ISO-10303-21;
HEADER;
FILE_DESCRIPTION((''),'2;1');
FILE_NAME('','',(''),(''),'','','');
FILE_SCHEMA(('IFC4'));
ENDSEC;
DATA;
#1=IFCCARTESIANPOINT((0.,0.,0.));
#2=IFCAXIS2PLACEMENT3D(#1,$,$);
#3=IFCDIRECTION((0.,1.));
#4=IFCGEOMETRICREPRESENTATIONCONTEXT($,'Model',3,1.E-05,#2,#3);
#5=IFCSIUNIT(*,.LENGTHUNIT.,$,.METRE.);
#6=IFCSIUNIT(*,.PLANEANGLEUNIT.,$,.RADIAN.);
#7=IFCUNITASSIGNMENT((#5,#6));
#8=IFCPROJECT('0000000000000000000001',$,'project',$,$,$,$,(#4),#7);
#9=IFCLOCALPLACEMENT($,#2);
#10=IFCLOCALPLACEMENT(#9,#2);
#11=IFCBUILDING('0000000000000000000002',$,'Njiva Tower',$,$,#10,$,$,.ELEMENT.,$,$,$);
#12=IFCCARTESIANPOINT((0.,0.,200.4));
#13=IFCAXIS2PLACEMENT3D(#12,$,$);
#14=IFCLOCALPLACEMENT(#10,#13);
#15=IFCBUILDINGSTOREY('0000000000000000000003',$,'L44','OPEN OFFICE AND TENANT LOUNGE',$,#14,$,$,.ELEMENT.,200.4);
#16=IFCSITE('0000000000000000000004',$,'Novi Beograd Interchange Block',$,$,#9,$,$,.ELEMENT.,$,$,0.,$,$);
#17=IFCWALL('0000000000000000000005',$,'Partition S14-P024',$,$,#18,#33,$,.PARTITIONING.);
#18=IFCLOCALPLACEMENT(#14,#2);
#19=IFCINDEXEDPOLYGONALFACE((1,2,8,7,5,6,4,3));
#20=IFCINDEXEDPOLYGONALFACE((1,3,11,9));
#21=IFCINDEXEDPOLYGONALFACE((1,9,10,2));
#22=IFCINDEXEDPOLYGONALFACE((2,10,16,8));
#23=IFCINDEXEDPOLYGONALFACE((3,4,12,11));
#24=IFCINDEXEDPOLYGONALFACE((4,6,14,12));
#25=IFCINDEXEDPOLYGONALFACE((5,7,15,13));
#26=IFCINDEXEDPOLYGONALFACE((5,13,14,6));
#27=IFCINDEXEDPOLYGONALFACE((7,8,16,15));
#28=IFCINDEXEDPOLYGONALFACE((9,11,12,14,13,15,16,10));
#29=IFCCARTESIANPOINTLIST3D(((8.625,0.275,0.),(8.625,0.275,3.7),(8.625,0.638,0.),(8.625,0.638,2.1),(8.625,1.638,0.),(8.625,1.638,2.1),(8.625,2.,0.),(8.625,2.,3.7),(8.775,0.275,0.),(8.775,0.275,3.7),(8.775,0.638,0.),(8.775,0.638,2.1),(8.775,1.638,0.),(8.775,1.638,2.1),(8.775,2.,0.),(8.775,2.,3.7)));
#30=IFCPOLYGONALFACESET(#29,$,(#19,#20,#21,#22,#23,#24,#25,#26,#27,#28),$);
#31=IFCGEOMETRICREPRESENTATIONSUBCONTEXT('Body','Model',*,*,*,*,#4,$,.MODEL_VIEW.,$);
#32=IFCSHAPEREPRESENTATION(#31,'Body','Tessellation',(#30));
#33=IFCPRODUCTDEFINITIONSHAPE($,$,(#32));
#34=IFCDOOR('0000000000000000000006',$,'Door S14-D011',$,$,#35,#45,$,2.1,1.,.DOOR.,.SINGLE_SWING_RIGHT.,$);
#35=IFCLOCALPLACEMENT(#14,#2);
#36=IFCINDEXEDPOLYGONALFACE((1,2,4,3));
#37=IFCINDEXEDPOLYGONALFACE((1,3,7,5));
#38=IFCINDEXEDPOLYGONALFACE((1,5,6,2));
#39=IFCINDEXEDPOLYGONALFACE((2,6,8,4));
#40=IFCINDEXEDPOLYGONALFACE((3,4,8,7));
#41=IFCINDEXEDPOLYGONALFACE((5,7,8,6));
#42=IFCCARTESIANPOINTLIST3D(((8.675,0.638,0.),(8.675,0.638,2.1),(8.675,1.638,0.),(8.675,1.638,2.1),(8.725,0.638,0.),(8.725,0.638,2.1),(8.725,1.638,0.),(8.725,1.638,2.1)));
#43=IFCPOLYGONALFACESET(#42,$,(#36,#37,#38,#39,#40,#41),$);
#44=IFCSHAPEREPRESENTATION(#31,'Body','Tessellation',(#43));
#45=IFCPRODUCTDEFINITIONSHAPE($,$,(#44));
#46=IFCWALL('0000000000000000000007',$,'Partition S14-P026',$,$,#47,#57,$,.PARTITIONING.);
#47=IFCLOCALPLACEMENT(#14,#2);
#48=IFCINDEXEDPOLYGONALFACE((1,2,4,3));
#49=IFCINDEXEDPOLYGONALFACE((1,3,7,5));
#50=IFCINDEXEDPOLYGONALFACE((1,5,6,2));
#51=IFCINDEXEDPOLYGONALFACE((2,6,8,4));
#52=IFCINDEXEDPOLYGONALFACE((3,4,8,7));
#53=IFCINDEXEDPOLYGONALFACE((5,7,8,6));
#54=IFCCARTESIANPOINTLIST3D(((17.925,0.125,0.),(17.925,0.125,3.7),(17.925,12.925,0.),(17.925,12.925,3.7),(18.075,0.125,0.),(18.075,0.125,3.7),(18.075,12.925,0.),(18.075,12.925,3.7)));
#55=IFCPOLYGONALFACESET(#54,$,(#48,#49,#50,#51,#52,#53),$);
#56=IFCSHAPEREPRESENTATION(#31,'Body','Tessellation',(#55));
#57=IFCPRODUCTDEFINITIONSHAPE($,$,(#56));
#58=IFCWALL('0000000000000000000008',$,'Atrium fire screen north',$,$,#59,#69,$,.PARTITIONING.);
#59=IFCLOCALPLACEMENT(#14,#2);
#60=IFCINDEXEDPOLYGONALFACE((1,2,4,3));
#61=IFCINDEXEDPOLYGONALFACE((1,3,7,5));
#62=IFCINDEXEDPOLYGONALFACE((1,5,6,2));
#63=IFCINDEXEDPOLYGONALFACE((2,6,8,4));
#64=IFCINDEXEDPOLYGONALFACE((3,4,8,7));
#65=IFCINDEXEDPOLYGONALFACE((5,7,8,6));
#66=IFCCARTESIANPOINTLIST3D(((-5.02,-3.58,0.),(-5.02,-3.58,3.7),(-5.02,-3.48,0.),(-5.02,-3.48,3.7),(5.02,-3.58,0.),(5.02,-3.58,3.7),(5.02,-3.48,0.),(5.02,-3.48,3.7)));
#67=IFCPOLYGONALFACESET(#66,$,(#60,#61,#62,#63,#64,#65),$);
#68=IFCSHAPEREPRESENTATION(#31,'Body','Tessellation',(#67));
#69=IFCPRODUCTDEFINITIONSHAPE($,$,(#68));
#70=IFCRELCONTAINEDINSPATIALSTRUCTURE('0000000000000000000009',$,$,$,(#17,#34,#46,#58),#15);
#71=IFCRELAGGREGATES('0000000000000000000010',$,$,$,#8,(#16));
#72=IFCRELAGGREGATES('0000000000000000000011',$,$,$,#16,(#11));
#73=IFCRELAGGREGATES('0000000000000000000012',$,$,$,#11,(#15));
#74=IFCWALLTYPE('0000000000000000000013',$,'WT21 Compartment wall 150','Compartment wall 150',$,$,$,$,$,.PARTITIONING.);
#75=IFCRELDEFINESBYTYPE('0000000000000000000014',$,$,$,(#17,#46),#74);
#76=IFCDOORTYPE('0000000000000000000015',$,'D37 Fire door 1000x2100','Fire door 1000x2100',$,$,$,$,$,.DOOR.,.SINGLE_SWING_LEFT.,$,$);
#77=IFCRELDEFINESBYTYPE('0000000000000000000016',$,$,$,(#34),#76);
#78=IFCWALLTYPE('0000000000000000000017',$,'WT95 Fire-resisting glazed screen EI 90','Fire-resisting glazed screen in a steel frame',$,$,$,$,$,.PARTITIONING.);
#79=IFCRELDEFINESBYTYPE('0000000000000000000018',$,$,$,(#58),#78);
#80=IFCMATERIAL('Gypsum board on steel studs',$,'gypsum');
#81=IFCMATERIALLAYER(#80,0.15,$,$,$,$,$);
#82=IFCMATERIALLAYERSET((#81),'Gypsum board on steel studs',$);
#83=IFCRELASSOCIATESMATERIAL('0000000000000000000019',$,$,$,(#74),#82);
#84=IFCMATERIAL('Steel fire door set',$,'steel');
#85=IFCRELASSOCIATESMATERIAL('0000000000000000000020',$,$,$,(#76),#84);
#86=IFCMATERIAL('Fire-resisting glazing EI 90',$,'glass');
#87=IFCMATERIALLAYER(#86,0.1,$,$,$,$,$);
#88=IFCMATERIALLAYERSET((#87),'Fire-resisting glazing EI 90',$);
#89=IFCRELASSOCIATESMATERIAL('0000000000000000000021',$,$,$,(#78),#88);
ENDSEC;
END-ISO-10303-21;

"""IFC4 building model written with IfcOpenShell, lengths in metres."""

from ifc_helpers import new_model, si_unit, direction, frame, frame_2d, origin, place, context, subcontext, project, spatial, rectangle, extrude, material, layer, layer_set, type_object, element, fill, save


model = new_model("IFC4")

# Units and contexts
model_context = context("Model", 3, precision=1e-05, world=origin(), true_north=direction((0.0, 1.0)))
body_context = subcontext(model_context, "Body", "Model", "MODEL_VIEW")
ifc_project = project(units=[si_unit("LENGTHUNIT", "METRE"), si_unit("PLANEANGLEUNIT", "RADIAN")], contexts=[model_context])

# Site, building, storey
site_placement = place(None, origin())
site = spatial("IfcSite", under=ifc_project, at=site_placement, Name="Novi Beograd Interchange Block", CompositionType="ELEMENT", RefElevation=0.0)
building_placement = place(site_placement, origin())
building = spatial("IfcBuilding", under=site, at=building_placement, Name="Njiva Tower", CompositionType="ELEMENT")
storey_placement = place(building_placement, frame((0.0, 0.0, 200.4)))
storey = spatial("IfcBuildingStorey", under=building, at=storey_placement, Name="L44", Description="OPEN OFFICE AND TENANT LOUNGE", CompositionType="ELEMENT", Elevation=200.4)

# Shared definitions
ifc_material_1 = material(Name="Gypsum board on steel studs", Category="gypsum")
ifc_layer_1 = layer(ifc_material_1, 0.15)
ifc_layer_set_1 = layer_set([ifc_layer_1], Name="Gypsum board on steel studs")
wall_type_1 = type_object("IfcWallType", Name="WT21 Compartment wall 150", Description="Compartment wall 150", PredefinedType="PARTITIONING", material=ifc_layer_set_1)

# Wall, opening, door
ifc_material_2 = material(Name="Steel fire door set", Category="steel")
door_type = type_object("IfcDoorType", Name="D37 Fire door 1000x2100", Description="Fire door 1000x2100", OperationType="SINGLE_SWING_LEFT", PredefinedType="DOOR", material=ifc_material_2)
wall_1_placement = place(storey_placement, frame((8.7, 0.275, 0.0), z_axis=(0.0, 0.0, 1.0), x_axis=(0.0, 1.0, 0.0)))
wall_1 = element("IfcWall", 1, at=wall_1_placement, inside=storey, type_object=wall_type_1, Name="Partition S14-P024", PredefinedType="PARTITIONING", context=body_context, shape_type="SweptSolid", body=[
    extrude(rectangle(XDim=1.725, YDim=0.15, at=frame_2d((0.8625, 0.0))), origin(), (0.0, 0.0, 1.0), 3.7),
])
opening_1_placement = place(wall_1_placement, frame((0.363, 0.0, 0.0)))
opening_1 = element("IfcOpeningElement", 2, at=opening_1_placement, cuts=wall_1, PredefinedType="OPENING", context=body_context, shape_type="SweptSolid", body=[
    extrude(rectangle(XDim=1.0, YDim=2.1, at=frame_2d((0.5, 1.05))), frame((0.0, 0.085, 0.0), z_axis=(0.0, -1.0, 0.0), x_axis=(1.0, 0.0, 0.0)), (0.0, 0.0, 1.0), 0.17),
])
door_1_placement = place(opening_1_placement, origin())
door_1 = element("IfcDoor", 3, at=door_1_placement, inside=storey, type_object=door_type, Name="Door S14-D011", OperationType="SINGLE_SWING_RIGHT", OverallHeight=2.1, OverallWidth=1.0, PredefinedType="DOOR", context=body_context, shape_type="SweptSolid", body=[
    extrude(rectangle(XDim=1.0, YDim=2.1, at=frame_2d((0.5, 1.05))), frame((0.0, 0.025, 0.0), z_axis=(0.0, -1.0, 0.0), x_axis=(1.0, 0.0, 0.0)), (0.0, 0.0, 1.0), 0.05),
])
fill(opening_1, door_1)

# Walls
wall_2_placement = place(storey_placement, frame((18.0, 0.125, 0.0), z_axis=(0.0, 0.0, 1.0), x_axis=(0.0, 1.0, 0.0)))
element("IfcWall", 4, at=wall_2_placement, inside=storey, type_object=wall_type_1, Name="Partition S14-P026", PredefinedType="PARTITIONING", context=body_context, shape_type="SweptSolid", body=[
    extrude(rectangle(XDim=12.8, YDim=0.15, at=frame_2d((6.4, 0.0))), origin(), (0.0, 0.0, 1.0), 3.7),
])
ifc_material_3 = material(Name="Fire-resisting glazing EI 90", Category="glass")
ifc_layer_2 = layer(ifc_material_3, 0.1)
ifc_layer_set_2 = layer_set([ifc_layer_2], Name="Fire-resisting glazing EI 90")
wall_type_2 = type_object("IfcWallType", Name="WT95 Fire-resisting glazed screen EI 90", Description="Fire-resisting glazed screen in a steel frame", PredefinedType="PARTITIONING", material=ifc_layer_set_2)
wall_3_placement = place(storey_placement, frame((5.02, -3.53, 0.0), z_axis=(0.0, 0.0, 1.0), x_axis=(-1.0, 0.0, 0.0)))
element("IfcWall", 5, at=wall_3_placement, inside=storey, type_object=wall_type_2, Name="Atrium fire screen north", PredefinedType="PARTITIONING", context=body_context, shape_type="SweptSolid", body=[
    extrude(rectangle(XDim=10.04, YDim=0.1, at=frame_2d((5.02, 0.0))), origin(), (0.0, 0.0, 1.0), 3.7),
])

save(model, "model.ifc")
